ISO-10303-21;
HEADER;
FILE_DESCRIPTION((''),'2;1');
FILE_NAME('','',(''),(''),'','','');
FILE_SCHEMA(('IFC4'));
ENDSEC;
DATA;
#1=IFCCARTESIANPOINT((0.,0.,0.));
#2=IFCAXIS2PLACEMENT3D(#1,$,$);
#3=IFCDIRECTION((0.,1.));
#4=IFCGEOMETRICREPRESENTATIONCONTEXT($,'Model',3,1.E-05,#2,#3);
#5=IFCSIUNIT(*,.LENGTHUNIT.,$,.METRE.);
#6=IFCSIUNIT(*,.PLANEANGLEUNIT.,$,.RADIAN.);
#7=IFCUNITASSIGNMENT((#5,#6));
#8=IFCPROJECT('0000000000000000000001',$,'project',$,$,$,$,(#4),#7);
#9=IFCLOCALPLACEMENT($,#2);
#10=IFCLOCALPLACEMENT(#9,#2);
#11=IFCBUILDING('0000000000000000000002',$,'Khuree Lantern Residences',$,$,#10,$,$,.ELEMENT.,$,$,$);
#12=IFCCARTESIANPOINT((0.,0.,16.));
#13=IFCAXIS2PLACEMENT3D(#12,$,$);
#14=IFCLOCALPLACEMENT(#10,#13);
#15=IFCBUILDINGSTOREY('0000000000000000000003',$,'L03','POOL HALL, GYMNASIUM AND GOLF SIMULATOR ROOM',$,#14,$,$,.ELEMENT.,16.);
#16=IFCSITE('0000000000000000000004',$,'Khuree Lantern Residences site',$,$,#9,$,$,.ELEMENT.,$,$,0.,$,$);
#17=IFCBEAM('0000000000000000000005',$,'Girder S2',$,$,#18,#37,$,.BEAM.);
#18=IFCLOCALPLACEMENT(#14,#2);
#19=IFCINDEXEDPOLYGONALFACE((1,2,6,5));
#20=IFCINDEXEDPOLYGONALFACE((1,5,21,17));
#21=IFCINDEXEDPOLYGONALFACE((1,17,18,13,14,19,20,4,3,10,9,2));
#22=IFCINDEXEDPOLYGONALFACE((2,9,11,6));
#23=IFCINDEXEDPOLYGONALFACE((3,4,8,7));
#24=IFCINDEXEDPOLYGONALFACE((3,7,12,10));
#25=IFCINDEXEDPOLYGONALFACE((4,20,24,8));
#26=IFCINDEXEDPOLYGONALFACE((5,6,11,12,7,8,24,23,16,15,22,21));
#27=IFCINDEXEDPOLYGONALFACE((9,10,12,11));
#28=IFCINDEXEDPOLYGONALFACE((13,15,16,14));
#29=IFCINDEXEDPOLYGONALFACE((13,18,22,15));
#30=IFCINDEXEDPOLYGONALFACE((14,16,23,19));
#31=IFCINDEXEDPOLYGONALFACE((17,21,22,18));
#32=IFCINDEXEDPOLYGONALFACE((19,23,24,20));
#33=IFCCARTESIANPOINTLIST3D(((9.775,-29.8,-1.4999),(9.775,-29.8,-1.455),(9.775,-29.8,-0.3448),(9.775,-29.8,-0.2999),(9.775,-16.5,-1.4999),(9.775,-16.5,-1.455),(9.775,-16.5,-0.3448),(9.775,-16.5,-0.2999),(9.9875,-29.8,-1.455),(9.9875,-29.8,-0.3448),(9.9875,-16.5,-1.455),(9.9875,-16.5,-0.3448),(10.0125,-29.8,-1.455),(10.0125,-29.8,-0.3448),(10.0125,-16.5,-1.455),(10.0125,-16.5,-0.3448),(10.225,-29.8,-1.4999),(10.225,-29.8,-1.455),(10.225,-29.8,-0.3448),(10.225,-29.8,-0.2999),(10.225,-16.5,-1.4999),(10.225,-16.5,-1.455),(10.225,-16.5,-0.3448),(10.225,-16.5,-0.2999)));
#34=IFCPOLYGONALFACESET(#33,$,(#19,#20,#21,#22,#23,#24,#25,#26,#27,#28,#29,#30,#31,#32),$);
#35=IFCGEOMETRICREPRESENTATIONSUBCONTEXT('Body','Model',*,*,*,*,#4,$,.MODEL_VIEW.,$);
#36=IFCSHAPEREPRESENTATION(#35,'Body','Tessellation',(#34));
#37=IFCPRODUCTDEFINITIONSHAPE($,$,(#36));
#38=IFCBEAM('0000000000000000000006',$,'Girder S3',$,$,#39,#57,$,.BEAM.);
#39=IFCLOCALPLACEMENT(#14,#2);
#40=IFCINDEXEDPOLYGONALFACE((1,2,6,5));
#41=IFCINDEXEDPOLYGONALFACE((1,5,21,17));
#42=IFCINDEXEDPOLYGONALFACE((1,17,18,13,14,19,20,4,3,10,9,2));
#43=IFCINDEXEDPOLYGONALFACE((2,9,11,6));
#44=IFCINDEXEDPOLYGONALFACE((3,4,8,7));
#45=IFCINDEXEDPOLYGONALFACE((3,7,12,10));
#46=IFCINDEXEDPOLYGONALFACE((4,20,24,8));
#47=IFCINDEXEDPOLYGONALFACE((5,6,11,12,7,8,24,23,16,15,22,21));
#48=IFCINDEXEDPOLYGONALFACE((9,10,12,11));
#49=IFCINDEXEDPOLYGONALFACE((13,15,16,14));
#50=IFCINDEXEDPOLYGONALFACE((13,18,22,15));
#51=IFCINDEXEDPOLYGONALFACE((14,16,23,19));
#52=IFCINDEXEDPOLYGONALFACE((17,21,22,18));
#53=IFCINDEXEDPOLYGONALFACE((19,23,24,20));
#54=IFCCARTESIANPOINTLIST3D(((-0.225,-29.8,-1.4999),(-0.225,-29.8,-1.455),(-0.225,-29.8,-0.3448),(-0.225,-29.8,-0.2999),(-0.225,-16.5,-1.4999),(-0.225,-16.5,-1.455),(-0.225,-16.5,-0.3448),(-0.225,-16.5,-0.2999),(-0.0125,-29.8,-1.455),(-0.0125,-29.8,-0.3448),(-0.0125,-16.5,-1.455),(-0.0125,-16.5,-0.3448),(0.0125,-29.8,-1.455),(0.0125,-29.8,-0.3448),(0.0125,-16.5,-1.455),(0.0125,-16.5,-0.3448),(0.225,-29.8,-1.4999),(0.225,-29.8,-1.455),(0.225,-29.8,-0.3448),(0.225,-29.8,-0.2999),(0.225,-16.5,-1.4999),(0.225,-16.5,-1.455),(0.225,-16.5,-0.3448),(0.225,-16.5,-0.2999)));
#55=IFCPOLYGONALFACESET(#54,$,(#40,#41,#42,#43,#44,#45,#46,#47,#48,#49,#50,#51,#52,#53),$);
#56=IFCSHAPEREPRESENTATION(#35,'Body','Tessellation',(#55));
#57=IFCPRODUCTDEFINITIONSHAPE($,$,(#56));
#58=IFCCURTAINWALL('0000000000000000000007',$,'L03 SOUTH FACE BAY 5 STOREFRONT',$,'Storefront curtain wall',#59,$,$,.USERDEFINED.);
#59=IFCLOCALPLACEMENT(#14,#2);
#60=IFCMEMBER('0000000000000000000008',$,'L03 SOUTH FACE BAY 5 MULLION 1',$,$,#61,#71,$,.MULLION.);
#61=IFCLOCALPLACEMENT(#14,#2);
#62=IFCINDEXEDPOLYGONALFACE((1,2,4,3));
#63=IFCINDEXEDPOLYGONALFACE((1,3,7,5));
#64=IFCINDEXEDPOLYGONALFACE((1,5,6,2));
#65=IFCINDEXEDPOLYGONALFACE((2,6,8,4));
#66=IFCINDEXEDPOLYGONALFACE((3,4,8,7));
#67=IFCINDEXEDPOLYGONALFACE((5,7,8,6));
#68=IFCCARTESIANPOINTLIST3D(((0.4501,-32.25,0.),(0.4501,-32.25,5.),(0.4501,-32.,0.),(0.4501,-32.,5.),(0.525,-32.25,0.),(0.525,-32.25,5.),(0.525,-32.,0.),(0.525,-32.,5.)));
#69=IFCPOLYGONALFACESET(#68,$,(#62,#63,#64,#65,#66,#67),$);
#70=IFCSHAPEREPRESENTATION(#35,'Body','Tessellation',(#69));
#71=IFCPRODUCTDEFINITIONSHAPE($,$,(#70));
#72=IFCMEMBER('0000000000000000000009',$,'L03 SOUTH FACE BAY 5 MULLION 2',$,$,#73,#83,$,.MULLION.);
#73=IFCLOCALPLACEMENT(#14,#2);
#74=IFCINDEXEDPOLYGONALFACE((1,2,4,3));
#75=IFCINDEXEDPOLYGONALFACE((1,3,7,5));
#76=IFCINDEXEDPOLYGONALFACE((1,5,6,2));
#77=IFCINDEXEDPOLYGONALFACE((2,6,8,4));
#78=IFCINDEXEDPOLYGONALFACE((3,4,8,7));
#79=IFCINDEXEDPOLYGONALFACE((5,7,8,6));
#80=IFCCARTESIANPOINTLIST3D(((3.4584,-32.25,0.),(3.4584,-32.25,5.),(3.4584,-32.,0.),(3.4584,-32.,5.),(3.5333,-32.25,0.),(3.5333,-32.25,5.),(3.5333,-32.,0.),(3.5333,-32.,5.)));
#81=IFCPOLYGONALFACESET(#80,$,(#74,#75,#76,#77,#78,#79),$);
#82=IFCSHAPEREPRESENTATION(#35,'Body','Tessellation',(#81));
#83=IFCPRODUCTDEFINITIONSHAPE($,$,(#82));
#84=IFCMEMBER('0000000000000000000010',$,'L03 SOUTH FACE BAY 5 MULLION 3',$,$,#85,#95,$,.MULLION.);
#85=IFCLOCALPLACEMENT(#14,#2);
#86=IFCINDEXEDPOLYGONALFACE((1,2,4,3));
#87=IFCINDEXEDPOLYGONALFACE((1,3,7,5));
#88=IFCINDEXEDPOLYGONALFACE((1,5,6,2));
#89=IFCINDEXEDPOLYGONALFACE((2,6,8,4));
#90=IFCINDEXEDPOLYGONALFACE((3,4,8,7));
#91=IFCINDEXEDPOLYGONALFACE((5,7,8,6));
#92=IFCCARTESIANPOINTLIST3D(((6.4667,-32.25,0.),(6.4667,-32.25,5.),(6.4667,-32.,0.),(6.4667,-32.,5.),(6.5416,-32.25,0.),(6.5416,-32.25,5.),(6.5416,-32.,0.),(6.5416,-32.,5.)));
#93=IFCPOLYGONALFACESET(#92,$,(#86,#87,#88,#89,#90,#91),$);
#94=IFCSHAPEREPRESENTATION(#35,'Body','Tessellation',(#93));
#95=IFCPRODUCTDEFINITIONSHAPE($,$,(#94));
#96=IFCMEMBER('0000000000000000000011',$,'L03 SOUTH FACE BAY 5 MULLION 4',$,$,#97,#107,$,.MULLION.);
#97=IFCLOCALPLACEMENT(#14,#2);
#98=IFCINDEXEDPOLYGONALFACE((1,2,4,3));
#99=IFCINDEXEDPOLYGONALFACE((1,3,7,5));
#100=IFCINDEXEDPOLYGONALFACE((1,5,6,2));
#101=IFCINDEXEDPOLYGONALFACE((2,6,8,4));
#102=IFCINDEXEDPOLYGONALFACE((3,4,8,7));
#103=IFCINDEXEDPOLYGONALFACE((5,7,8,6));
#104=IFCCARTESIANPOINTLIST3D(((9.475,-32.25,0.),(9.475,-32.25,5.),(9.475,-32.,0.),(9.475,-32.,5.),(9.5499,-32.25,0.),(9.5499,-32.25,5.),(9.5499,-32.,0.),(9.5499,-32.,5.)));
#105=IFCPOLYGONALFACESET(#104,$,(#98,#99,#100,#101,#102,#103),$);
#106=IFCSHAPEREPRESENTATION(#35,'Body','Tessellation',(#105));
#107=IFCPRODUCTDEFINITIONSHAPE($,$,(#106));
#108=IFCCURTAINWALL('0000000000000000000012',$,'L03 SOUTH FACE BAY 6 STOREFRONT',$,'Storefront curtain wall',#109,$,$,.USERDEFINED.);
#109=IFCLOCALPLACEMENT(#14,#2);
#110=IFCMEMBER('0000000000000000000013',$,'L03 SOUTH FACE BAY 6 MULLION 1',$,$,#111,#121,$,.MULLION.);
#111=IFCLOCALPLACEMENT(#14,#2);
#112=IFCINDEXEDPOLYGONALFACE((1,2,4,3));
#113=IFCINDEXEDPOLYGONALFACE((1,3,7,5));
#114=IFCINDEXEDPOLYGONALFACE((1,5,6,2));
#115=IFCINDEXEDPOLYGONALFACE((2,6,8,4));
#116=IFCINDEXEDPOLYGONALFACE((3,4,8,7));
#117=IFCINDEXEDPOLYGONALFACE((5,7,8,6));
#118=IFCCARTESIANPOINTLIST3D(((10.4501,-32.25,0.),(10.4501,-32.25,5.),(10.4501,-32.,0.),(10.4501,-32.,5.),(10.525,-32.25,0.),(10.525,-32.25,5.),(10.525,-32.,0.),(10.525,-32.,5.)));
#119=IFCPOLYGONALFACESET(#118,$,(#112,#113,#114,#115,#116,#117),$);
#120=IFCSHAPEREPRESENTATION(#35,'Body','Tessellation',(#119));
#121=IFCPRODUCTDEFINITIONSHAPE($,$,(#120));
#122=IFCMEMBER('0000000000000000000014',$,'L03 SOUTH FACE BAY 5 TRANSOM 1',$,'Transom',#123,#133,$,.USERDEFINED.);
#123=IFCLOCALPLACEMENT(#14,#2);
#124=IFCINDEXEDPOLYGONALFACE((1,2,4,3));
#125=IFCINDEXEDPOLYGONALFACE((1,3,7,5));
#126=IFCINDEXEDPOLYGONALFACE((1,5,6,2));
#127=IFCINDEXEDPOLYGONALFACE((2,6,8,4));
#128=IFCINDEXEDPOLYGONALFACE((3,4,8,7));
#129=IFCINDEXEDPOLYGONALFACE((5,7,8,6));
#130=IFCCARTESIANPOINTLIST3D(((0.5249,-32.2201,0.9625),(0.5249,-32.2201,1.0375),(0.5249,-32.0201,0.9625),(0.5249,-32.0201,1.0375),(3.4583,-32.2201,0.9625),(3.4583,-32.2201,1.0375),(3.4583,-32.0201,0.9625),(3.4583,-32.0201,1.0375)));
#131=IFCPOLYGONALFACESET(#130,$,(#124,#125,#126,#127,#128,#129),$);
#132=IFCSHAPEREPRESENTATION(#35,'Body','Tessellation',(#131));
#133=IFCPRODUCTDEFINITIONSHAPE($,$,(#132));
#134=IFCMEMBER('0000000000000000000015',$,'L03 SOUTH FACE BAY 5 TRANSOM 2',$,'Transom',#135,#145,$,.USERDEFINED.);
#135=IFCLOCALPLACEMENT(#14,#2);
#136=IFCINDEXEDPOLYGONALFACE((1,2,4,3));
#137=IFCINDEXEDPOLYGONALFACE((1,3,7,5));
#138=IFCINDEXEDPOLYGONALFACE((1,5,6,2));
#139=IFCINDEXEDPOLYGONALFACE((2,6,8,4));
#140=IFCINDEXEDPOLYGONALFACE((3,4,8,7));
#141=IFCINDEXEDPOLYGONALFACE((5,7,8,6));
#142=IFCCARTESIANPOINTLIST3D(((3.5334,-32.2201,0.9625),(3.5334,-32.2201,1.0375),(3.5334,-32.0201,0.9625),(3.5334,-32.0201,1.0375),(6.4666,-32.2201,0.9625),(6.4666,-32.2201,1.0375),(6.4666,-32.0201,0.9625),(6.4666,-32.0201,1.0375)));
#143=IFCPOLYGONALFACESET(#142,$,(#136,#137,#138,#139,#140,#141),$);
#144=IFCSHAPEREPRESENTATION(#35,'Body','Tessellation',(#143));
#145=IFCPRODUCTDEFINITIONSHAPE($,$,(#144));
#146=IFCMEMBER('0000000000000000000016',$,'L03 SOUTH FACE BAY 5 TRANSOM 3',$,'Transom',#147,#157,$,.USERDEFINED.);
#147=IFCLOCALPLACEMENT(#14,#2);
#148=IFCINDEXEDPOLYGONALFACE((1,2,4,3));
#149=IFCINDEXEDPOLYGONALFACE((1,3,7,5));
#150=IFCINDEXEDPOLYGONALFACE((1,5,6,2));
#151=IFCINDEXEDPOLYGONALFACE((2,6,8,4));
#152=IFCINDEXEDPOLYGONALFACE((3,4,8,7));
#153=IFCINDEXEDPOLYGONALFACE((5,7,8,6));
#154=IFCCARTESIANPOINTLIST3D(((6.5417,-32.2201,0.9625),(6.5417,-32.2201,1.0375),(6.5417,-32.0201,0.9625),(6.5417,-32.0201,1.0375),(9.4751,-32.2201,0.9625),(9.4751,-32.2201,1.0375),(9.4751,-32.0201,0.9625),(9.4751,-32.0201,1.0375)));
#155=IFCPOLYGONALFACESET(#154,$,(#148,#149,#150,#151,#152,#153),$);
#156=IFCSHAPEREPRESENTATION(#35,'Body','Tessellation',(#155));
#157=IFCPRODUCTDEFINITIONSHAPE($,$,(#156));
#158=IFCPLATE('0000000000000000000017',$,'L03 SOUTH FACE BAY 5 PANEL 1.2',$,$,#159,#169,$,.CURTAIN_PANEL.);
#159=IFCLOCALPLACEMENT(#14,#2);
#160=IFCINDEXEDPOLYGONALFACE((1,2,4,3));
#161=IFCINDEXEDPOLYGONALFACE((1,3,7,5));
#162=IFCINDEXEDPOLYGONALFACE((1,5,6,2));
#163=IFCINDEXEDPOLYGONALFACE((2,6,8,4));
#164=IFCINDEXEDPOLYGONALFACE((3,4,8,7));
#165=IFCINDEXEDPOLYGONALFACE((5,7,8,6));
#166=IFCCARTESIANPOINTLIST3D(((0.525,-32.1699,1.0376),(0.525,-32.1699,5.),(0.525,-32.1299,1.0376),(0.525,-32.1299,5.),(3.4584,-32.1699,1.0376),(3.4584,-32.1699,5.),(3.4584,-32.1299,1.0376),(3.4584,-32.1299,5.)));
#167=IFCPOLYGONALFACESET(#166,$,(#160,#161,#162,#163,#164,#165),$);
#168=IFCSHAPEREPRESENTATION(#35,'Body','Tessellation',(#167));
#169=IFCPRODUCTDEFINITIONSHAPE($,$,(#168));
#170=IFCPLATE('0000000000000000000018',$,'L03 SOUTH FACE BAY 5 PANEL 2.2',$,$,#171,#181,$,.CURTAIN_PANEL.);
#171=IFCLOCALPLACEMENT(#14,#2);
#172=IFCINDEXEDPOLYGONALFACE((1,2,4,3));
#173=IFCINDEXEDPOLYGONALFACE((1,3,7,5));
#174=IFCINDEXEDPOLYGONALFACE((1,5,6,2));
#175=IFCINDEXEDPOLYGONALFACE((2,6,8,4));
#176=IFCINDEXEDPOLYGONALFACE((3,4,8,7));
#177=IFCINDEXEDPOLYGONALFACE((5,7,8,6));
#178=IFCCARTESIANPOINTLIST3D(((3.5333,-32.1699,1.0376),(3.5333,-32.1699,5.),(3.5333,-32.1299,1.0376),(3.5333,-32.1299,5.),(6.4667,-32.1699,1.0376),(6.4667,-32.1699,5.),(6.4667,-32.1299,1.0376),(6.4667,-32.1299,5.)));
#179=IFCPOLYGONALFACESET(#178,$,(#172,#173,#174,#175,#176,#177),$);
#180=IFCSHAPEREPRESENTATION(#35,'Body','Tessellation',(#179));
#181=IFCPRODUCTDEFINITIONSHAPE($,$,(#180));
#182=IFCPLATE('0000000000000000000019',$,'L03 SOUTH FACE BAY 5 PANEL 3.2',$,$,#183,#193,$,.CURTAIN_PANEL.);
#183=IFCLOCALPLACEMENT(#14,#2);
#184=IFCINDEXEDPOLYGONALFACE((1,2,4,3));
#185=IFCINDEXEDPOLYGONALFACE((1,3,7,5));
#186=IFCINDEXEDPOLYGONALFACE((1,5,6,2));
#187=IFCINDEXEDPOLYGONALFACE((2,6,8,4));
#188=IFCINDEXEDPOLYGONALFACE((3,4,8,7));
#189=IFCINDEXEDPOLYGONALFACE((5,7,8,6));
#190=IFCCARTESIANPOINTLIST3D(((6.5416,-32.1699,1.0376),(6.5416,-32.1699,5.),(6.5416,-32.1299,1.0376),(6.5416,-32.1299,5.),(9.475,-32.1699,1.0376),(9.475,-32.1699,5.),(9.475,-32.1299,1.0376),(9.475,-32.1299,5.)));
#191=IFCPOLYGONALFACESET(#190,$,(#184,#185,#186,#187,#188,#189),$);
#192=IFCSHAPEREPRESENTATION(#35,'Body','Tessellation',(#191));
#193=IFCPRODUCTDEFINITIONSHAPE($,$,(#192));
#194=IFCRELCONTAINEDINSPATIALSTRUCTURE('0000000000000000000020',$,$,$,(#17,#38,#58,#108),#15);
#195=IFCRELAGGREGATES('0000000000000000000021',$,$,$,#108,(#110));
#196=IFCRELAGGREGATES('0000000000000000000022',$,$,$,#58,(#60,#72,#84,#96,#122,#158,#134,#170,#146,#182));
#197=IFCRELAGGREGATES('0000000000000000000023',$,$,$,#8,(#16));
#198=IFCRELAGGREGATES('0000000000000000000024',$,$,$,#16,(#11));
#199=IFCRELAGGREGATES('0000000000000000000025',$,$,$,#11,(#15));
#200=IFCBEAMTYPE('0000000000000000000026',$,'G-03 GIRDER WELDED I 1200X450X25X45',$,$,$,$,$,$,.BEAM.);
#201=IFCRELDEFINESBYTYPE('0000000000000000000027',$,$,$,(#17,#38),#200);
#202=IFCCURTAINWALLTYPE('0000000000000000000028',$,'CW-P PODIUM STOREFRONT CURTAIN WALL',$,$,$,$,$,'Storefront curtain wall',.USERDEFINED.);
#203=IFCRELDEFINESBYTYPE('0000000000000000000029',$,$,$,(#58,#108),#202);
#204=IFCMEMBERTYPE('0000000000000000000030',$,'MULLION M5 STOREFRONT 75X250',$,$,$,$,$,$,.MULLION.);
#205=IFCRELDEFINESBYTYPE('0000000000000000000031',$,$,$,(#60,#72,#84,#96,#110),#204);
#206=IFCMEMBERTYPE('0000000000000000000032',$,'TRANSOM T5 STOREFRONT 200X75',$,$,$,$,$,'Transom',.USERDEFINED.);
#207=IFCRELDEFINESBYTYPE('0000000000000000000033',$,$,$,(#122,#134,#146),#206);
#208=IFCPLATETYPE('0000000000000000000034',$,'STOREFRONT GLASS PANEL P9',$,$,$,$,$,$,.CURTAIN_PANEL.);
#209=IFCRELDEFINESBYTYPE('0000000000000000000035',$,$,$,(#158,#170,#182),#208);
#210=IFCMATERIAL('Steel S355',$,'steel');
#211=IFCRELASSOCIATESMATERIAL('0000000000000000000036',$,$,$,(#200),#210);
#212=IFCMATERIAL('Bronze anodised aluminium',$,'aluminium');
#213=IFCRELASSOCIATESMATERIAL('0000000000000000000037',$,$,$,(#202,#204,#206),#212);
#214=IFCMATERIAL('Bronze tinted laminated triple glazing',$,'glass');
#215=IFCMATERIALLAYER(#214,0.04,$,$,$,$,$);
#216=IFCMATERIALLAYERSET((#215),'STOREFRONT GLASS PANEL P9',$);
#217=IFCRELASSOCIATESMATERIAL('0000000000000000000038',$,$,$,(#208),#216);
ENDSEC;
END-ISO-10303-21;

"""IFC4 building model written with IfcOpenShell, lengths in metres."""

from ifc_helpers import new_model, si_unit, direction, frame, origin, origin_2d, place, context, subcontext, project, spatial, rectangle, i_section, extrude, material, layer, layer_set, material_profile, profile_set, type_object, element, aggregate, save


model = new_model("IFC4")

# Units and contexts
model_context = context("Model", 3, precision=1e-05, world=origin(), true_north=direction((0.0, 1.0)))
body_context = subcontext(model_context, "Body", "Model", "MODEL_VIEW")
ifc_project = project(units=[si_unit("LENGTHUNIT", "METRE"), si_unit("PLANEANGLEUNIT", "RADIAN")], contexts=[model_context])

# Site, building, storey
site_placement = place(None, origin())
site = spatial("IfcSite", under=ifc_project, at=site_placement, Name="Khuree Lantern Residences site", CompositionType="ELEMENT", RefElevation=0.0)
building_placement = place(site_placement, origin())
building = spatial("IfcBuilding", under=site, at=building_placement, Name="Khuree Lantern Residences", CompositionType="ELEMENT")
storey_placement = place(building_placement, frame((0.0, 0.0, 16.0)))
storey = spatial("IfcBuildingStorey", under=building, at=storey_placement, Name="L03", Description="POOL HALL, GYMNASIUM AND GOLF SIMULATOR ROOM", CompositionType="ELEMENT", Elevation=16.0)

# Beams
ifc_material_1 = material(Name="Steel S355", Category="steel")
ifc_material_profile_1 = material_profile(ifc_material_1, i_section(OverallWidth=0.45, OverallDepth=1.2, WebThickness=0.0249, FlangeThickness=0.0449, at=origin_2d()), Name="WELDED I 1200X450X25X45")
ifc_profile_set_1 = profile_set([ifc_material_profile_1], Name="Steel S355")
beam_type_1 = type_object("IfcBeamType", Name="G-03 GIRDER WELDED I 1200X450X25X45", PredefinedType="BEAM", material=ifc_profile_set_1)
for number, where, z_axis, x_axis, name in (
    (1, (10.0, -29.8, -0.8999), (0.0, 1.0, 0.0), (-1.0, 0.0, 0.0), "Girder S2"),
    (2, (0.0, -29.8, -0.8999), (0.0, 1.0, 0.0), (-1.0, 0.0, 0.0), "Girder S3"),
):
    element("IfcBeam", number, at=place(storey_placement, frame(where, z_axis=z_axis, x_axis=x_axis)), inside=storey, type_object=beam_type_1, Name=name, PredefinedType="BEAM", context=body_context, shape_type="SweptSolid", body=[
        extrude(i_section(OverallWidth=0.45, OverallDepth=1.2, WebThickness=0.0249, FlangeThickness=0.0449, at=origin_2d()), origin(), (0.0, 0.0, 1.0), 13.3),
    ])

# Curtain wall, members
ifc_material_2 = material(Name="Bronze anodised aluminium", Category="aluminium")
curtain_wall_type = type_object("IfcCurtainWallType", Name="CW-P PODIUM STOREFRONT CURTAIN WALL", ElementType="Storefront curtain wall", PredefinedType="USERDEFINED", material=ifc_material_2)
curtain_wall_1_placement = place(storey_placement, origin())
curtain_wall_1 = element("IfcCurtainWall", 3, at=curtain_wall_1_placement, inside=storey, type_object=curtain_wall_type, Name="L03 SOUTH FACE BAY 5 STOREFRONT", ObjectType="Storefront curtain wall", PredefinedType="USERDEFINED")
ifc_material_profile_2 = material_profile(ifc_material_2, rectangle(XDim=0.075, YDim=0.25, at=origin_2d()), Name="M5 75X250")
ifc_profile_set_2 = profile_set([ifc_material_profile_2], Name="Bronze anodised aluminium")
member_type_1 = type_object("IfcMemberType", Name="MULLION M5 STOREFRONT 75X250", PredefinedType="MULLION", material=ifc_profile_set_2)
member_1_placement = place(storey_placement, frame((0.4875, -32.125, 0.0), z_axis=(0.0, 0.0, 1.0), x_axis=(1.0, 0.0, 0.0)))
member_1 = element("IfcMember", 4, at=member_1_placement, type_object=member_type_1, Name="L03 SOUTH FACE BAY 5 MULLION 1", PredefinedType="MULLION", context=body_context, shape_type="SweptSolid", body=[
    extrude(rectangle(XDim=0.075, YDim=0.25, at=origin_2d()), origin(), (0.0, 0.0, 1.0), 5.0),
])
member_2_placement = place(storey_placement, frame((3.4958, -32.125, 0.0), z_axis=(0.0, 0.0, 1.0), x_axis=(1.0, 0.0, 0.0)))
member_2 = element("IfcMember", 5, at=member_2_placement, type_object=member_type_1, Name="L03 SOUTH FACE BAY 5 MULLION 2", PredefinedType="MULLION", context=body_context, shape_type="SweptSolid", body=[
    extrude(rectangle(XDim=0.075, YDim=0.25, at=origin_2d()), origin(), (0.0, 0.0, 1.0), 5.0),
])
member_3_placement = place(storey_placement, frame((6.5042, -32.125, 0.0), z_axis=(0.0, 0.0, 1.0), x_axis=(1.0, 0.0, 0.0)))
member_3 = element("IfcMember", 6, at=member_3_placement, type_object=member_type_1, Name="L03 SOUTH FACE BAY 5 MULLION 3", PredefinedType="MULLION", context=body_context, shape_type="SweptSolid", body=[
    extrude(rectangle(XDim=0.075, YDim=0.25, at=origin_2d()), origin(), (0.0, 0.0, 1.0), 5.0),
])
member_4_placement = place(storey_placement, frame((9.5125, -32.125, 0.0), z_axis=(0.0, 0.0, 1.0), x_axis=(1.0, 0.0, 0.0)))
member_4 = element("IfcMember", 7, at=member_4_placement, type_object=member_type_1, Name="L03 SOUTH FACE BAY 5 MULLION 4", PredefinedType="MULLION", context=body_context, shape_type="SweptSolid", body=[
    extrude(rectangle(XDim=0.075, YDim=0.25, at=origin_2d()), origin(), (0.0, 0.0, 1.0), 5.0),
])

# Curtain wall, member
curtain_wall_2_placement = place(storey_placement, origin())
curtain_wall_2 = element("IfcCurtainWall", 8, at=curtain_wall_2_placement, inside=storey, type_object=curtain_wall_type, Name="L03 SOUTH FACE BAY 6 STOREFRONT", ObjectType="Storefront curtain wall", PredefinedType="USERDEFINED")
member_5_placement = place(storey_placement, frame((10.4875, -32.125, 0.0), z_axis=(0.0, 0.0, 1.0), x_axis=(1.0, 0.0, 0.0)))
member_5 = element("IfcMember", 9, at=member_5_placement, type_object=member_type_1, Name="L03 SOUTH FACE BAY 6 MULLION 1", PredefinedType="MULLION", context=body_context, shape_type="SweptSolid", body=[
    extrude(rectangle(XDim=0.075, YDim=0.25, at=origin_2d()), origin(), (0.0, 0.0, 1.0), 5.0),
])
aggregate(curtain_wall_2, [member_5])

# Members
ifc_material_profile_3 = material_profile(ifc_material_2, rectangle(XDim=0.2, YDim=0.075, at=origin_2d()), Name="T5 200X75")
ifc_profile_set_3 = profile_set([ifc_material_profile_3], Name="Bronze anodised aluminium")
member_type_2 = type_object("IfcMemberType", Name="TRANSOM T5 STOREFRONT 200X75", ElementType="Transom", PredefinedType="USERDEFINED", material=ifc_profile_set_3)
member_6_placement = place(storey_placement, frame((0.5249, -32.1201, 1.0), z_axis=(1.0, 0.0, 0.0), x_axis=(0.0, 1.0, 0.0)))
member_6 = element("IfcMember", 10, at=member_6_placement, type_object=member_type_2, Name="L03 SOUTH FACE BAY 5 TRANSOM 1", ObjectType="Transom", PredefinedType="USERDEFINED", context=body_context, shape_type="SweptSolid", body=[
    extrude(rectangle(XDim=0.2, YDim=0.075, at=origin_2d()), origin(), (0.0, 0.0, 1.0), 2.9333),
])
member_7_placement = place(storey_placement, frame((3.5334, -32.1201, 1.0), z_axis=(1.0, 0.0, 0.0), x_axis=(0.0, 1.0, 0.0)))
member_7 = element("IfcMember", 11, at=member_7_placement, type_object=member_type_2, Name="L03 SOUTH FACE BAY 5 TRANSOM 2", ObjectType="Transom", PredefinedType="USERDEFINED", context=body_context, shape_type="SweptSolid", body=[
    extrude(rectangle(XDim=0.2, YDim=0.075, at=origin_2d()), origin(), (0.0, 0.0, 1.0), 2.9331),
])
member_8_placement = place(storey_placement, frame((6.5417, -32.1201, 1.0), z_axis=(1.0, 0.0, 0.0), x_axis=(0.0, 1.0, 0.0)))
member_8 = element("IfcMember", 12, at=member_8_placement, type_object=member_type_2, Name="L03 SOUTH FACE BAY 5 TRANSOM 3", ObjectType="Transom", PredefinedType="USERDEFINED", context=body_context, shape_type="SweptSolid", body=[
    extrude(rectangle(XDim=0.2, YDim=0.075, at=origin_2d()), origin(), (0.0, 0.0, 1.0), 2.9333),
])

# Plates
ifc_material_3 = material(Name="Bronze tinted laminated triple glazing", Category="glass")
ifc_layer_1 = layer(ifc_material_3, 0.04)
ifc_layer_set_1 = layer_set([ifc_layer_1], Name="STOREFRONT GLASS PANEL P9")
plate_type_1 = type_object("IfcPlateType", Name="STOREFRONT GLASS PANEL P9", PredefinedType="CURTAIN_PANEL", material=ifc_layer_set_1)
plate_1_placement = place(storey_placement, frame((1.9917, -32.1499, 1.0376), z_axis=(0.0, 0.0, 1.0), x_axis=(1.0, 0.0, 0.0)))
plate_1 = element("IfcPlate", 13, at=plate_1_placement, type_object=plate_type_1, Name="L03 SOUTH FACE BAY 5 PANEL 1.2", PredefinedType="CURTAIN_PANEL", context=body_context, shape_type="SweptSolid", body=[
    extrude(rectangle(XDim=2.9333, YDim=0.04, at=origin_2d()), origin(), (0.0, 0.0, 1.0), 3.9624),
])
plate_2_placement = place(storey_placement, frame((5.0, -32.1499, 1.0376), z_axis=(0.0, 0.0, 1.0), x_axis=(1.0, 0.0, 0.0)))
plate_2 = element("IfcPlate", 14, at=plate_2_placement, type_object=plate_type_1, Name="L03 SOUTH FACE BAY 5 PANEL 2.2", PredefinedType="CURTAIN_PANEL", context=body_context, shape_type="SweptSolid", body=[
    extrude(rectangle(XDim=2.9333, YDim=0.04, at=origin_2d()), origin(), (0.0, 0.0, 1.0), 3.9624),
])
plate_3_placement = place(storey_placement, frame((8.0083, -32.1499, 1.0376), z_axis=(0.0, 0.0, 1.0), x_axis=(1.0, 0.0, 0.0)))
plate_3 = element("IfcPlate", 15, at=plate_3_placement, type_object=plate_type_1, Name="L03 SOUTH FACE BAY 5 PANEL 3.2", PredefinedType="CURTAIN_PANEL", context=body_context, shape_type="SweptSolid", body=[
    extrude(rectangle(XDim=2.9333, YDim=0.04, at=origin_2d()), origin(), (0.0, 0.0, 1.0), 3.9624),
])
aggregate(curtain_wall_1, [member_1, member_2, member_3, member_4, member_6, plate_1, member_7, plate_2, member_8, plate_3])

save(model, "model.ifc")
